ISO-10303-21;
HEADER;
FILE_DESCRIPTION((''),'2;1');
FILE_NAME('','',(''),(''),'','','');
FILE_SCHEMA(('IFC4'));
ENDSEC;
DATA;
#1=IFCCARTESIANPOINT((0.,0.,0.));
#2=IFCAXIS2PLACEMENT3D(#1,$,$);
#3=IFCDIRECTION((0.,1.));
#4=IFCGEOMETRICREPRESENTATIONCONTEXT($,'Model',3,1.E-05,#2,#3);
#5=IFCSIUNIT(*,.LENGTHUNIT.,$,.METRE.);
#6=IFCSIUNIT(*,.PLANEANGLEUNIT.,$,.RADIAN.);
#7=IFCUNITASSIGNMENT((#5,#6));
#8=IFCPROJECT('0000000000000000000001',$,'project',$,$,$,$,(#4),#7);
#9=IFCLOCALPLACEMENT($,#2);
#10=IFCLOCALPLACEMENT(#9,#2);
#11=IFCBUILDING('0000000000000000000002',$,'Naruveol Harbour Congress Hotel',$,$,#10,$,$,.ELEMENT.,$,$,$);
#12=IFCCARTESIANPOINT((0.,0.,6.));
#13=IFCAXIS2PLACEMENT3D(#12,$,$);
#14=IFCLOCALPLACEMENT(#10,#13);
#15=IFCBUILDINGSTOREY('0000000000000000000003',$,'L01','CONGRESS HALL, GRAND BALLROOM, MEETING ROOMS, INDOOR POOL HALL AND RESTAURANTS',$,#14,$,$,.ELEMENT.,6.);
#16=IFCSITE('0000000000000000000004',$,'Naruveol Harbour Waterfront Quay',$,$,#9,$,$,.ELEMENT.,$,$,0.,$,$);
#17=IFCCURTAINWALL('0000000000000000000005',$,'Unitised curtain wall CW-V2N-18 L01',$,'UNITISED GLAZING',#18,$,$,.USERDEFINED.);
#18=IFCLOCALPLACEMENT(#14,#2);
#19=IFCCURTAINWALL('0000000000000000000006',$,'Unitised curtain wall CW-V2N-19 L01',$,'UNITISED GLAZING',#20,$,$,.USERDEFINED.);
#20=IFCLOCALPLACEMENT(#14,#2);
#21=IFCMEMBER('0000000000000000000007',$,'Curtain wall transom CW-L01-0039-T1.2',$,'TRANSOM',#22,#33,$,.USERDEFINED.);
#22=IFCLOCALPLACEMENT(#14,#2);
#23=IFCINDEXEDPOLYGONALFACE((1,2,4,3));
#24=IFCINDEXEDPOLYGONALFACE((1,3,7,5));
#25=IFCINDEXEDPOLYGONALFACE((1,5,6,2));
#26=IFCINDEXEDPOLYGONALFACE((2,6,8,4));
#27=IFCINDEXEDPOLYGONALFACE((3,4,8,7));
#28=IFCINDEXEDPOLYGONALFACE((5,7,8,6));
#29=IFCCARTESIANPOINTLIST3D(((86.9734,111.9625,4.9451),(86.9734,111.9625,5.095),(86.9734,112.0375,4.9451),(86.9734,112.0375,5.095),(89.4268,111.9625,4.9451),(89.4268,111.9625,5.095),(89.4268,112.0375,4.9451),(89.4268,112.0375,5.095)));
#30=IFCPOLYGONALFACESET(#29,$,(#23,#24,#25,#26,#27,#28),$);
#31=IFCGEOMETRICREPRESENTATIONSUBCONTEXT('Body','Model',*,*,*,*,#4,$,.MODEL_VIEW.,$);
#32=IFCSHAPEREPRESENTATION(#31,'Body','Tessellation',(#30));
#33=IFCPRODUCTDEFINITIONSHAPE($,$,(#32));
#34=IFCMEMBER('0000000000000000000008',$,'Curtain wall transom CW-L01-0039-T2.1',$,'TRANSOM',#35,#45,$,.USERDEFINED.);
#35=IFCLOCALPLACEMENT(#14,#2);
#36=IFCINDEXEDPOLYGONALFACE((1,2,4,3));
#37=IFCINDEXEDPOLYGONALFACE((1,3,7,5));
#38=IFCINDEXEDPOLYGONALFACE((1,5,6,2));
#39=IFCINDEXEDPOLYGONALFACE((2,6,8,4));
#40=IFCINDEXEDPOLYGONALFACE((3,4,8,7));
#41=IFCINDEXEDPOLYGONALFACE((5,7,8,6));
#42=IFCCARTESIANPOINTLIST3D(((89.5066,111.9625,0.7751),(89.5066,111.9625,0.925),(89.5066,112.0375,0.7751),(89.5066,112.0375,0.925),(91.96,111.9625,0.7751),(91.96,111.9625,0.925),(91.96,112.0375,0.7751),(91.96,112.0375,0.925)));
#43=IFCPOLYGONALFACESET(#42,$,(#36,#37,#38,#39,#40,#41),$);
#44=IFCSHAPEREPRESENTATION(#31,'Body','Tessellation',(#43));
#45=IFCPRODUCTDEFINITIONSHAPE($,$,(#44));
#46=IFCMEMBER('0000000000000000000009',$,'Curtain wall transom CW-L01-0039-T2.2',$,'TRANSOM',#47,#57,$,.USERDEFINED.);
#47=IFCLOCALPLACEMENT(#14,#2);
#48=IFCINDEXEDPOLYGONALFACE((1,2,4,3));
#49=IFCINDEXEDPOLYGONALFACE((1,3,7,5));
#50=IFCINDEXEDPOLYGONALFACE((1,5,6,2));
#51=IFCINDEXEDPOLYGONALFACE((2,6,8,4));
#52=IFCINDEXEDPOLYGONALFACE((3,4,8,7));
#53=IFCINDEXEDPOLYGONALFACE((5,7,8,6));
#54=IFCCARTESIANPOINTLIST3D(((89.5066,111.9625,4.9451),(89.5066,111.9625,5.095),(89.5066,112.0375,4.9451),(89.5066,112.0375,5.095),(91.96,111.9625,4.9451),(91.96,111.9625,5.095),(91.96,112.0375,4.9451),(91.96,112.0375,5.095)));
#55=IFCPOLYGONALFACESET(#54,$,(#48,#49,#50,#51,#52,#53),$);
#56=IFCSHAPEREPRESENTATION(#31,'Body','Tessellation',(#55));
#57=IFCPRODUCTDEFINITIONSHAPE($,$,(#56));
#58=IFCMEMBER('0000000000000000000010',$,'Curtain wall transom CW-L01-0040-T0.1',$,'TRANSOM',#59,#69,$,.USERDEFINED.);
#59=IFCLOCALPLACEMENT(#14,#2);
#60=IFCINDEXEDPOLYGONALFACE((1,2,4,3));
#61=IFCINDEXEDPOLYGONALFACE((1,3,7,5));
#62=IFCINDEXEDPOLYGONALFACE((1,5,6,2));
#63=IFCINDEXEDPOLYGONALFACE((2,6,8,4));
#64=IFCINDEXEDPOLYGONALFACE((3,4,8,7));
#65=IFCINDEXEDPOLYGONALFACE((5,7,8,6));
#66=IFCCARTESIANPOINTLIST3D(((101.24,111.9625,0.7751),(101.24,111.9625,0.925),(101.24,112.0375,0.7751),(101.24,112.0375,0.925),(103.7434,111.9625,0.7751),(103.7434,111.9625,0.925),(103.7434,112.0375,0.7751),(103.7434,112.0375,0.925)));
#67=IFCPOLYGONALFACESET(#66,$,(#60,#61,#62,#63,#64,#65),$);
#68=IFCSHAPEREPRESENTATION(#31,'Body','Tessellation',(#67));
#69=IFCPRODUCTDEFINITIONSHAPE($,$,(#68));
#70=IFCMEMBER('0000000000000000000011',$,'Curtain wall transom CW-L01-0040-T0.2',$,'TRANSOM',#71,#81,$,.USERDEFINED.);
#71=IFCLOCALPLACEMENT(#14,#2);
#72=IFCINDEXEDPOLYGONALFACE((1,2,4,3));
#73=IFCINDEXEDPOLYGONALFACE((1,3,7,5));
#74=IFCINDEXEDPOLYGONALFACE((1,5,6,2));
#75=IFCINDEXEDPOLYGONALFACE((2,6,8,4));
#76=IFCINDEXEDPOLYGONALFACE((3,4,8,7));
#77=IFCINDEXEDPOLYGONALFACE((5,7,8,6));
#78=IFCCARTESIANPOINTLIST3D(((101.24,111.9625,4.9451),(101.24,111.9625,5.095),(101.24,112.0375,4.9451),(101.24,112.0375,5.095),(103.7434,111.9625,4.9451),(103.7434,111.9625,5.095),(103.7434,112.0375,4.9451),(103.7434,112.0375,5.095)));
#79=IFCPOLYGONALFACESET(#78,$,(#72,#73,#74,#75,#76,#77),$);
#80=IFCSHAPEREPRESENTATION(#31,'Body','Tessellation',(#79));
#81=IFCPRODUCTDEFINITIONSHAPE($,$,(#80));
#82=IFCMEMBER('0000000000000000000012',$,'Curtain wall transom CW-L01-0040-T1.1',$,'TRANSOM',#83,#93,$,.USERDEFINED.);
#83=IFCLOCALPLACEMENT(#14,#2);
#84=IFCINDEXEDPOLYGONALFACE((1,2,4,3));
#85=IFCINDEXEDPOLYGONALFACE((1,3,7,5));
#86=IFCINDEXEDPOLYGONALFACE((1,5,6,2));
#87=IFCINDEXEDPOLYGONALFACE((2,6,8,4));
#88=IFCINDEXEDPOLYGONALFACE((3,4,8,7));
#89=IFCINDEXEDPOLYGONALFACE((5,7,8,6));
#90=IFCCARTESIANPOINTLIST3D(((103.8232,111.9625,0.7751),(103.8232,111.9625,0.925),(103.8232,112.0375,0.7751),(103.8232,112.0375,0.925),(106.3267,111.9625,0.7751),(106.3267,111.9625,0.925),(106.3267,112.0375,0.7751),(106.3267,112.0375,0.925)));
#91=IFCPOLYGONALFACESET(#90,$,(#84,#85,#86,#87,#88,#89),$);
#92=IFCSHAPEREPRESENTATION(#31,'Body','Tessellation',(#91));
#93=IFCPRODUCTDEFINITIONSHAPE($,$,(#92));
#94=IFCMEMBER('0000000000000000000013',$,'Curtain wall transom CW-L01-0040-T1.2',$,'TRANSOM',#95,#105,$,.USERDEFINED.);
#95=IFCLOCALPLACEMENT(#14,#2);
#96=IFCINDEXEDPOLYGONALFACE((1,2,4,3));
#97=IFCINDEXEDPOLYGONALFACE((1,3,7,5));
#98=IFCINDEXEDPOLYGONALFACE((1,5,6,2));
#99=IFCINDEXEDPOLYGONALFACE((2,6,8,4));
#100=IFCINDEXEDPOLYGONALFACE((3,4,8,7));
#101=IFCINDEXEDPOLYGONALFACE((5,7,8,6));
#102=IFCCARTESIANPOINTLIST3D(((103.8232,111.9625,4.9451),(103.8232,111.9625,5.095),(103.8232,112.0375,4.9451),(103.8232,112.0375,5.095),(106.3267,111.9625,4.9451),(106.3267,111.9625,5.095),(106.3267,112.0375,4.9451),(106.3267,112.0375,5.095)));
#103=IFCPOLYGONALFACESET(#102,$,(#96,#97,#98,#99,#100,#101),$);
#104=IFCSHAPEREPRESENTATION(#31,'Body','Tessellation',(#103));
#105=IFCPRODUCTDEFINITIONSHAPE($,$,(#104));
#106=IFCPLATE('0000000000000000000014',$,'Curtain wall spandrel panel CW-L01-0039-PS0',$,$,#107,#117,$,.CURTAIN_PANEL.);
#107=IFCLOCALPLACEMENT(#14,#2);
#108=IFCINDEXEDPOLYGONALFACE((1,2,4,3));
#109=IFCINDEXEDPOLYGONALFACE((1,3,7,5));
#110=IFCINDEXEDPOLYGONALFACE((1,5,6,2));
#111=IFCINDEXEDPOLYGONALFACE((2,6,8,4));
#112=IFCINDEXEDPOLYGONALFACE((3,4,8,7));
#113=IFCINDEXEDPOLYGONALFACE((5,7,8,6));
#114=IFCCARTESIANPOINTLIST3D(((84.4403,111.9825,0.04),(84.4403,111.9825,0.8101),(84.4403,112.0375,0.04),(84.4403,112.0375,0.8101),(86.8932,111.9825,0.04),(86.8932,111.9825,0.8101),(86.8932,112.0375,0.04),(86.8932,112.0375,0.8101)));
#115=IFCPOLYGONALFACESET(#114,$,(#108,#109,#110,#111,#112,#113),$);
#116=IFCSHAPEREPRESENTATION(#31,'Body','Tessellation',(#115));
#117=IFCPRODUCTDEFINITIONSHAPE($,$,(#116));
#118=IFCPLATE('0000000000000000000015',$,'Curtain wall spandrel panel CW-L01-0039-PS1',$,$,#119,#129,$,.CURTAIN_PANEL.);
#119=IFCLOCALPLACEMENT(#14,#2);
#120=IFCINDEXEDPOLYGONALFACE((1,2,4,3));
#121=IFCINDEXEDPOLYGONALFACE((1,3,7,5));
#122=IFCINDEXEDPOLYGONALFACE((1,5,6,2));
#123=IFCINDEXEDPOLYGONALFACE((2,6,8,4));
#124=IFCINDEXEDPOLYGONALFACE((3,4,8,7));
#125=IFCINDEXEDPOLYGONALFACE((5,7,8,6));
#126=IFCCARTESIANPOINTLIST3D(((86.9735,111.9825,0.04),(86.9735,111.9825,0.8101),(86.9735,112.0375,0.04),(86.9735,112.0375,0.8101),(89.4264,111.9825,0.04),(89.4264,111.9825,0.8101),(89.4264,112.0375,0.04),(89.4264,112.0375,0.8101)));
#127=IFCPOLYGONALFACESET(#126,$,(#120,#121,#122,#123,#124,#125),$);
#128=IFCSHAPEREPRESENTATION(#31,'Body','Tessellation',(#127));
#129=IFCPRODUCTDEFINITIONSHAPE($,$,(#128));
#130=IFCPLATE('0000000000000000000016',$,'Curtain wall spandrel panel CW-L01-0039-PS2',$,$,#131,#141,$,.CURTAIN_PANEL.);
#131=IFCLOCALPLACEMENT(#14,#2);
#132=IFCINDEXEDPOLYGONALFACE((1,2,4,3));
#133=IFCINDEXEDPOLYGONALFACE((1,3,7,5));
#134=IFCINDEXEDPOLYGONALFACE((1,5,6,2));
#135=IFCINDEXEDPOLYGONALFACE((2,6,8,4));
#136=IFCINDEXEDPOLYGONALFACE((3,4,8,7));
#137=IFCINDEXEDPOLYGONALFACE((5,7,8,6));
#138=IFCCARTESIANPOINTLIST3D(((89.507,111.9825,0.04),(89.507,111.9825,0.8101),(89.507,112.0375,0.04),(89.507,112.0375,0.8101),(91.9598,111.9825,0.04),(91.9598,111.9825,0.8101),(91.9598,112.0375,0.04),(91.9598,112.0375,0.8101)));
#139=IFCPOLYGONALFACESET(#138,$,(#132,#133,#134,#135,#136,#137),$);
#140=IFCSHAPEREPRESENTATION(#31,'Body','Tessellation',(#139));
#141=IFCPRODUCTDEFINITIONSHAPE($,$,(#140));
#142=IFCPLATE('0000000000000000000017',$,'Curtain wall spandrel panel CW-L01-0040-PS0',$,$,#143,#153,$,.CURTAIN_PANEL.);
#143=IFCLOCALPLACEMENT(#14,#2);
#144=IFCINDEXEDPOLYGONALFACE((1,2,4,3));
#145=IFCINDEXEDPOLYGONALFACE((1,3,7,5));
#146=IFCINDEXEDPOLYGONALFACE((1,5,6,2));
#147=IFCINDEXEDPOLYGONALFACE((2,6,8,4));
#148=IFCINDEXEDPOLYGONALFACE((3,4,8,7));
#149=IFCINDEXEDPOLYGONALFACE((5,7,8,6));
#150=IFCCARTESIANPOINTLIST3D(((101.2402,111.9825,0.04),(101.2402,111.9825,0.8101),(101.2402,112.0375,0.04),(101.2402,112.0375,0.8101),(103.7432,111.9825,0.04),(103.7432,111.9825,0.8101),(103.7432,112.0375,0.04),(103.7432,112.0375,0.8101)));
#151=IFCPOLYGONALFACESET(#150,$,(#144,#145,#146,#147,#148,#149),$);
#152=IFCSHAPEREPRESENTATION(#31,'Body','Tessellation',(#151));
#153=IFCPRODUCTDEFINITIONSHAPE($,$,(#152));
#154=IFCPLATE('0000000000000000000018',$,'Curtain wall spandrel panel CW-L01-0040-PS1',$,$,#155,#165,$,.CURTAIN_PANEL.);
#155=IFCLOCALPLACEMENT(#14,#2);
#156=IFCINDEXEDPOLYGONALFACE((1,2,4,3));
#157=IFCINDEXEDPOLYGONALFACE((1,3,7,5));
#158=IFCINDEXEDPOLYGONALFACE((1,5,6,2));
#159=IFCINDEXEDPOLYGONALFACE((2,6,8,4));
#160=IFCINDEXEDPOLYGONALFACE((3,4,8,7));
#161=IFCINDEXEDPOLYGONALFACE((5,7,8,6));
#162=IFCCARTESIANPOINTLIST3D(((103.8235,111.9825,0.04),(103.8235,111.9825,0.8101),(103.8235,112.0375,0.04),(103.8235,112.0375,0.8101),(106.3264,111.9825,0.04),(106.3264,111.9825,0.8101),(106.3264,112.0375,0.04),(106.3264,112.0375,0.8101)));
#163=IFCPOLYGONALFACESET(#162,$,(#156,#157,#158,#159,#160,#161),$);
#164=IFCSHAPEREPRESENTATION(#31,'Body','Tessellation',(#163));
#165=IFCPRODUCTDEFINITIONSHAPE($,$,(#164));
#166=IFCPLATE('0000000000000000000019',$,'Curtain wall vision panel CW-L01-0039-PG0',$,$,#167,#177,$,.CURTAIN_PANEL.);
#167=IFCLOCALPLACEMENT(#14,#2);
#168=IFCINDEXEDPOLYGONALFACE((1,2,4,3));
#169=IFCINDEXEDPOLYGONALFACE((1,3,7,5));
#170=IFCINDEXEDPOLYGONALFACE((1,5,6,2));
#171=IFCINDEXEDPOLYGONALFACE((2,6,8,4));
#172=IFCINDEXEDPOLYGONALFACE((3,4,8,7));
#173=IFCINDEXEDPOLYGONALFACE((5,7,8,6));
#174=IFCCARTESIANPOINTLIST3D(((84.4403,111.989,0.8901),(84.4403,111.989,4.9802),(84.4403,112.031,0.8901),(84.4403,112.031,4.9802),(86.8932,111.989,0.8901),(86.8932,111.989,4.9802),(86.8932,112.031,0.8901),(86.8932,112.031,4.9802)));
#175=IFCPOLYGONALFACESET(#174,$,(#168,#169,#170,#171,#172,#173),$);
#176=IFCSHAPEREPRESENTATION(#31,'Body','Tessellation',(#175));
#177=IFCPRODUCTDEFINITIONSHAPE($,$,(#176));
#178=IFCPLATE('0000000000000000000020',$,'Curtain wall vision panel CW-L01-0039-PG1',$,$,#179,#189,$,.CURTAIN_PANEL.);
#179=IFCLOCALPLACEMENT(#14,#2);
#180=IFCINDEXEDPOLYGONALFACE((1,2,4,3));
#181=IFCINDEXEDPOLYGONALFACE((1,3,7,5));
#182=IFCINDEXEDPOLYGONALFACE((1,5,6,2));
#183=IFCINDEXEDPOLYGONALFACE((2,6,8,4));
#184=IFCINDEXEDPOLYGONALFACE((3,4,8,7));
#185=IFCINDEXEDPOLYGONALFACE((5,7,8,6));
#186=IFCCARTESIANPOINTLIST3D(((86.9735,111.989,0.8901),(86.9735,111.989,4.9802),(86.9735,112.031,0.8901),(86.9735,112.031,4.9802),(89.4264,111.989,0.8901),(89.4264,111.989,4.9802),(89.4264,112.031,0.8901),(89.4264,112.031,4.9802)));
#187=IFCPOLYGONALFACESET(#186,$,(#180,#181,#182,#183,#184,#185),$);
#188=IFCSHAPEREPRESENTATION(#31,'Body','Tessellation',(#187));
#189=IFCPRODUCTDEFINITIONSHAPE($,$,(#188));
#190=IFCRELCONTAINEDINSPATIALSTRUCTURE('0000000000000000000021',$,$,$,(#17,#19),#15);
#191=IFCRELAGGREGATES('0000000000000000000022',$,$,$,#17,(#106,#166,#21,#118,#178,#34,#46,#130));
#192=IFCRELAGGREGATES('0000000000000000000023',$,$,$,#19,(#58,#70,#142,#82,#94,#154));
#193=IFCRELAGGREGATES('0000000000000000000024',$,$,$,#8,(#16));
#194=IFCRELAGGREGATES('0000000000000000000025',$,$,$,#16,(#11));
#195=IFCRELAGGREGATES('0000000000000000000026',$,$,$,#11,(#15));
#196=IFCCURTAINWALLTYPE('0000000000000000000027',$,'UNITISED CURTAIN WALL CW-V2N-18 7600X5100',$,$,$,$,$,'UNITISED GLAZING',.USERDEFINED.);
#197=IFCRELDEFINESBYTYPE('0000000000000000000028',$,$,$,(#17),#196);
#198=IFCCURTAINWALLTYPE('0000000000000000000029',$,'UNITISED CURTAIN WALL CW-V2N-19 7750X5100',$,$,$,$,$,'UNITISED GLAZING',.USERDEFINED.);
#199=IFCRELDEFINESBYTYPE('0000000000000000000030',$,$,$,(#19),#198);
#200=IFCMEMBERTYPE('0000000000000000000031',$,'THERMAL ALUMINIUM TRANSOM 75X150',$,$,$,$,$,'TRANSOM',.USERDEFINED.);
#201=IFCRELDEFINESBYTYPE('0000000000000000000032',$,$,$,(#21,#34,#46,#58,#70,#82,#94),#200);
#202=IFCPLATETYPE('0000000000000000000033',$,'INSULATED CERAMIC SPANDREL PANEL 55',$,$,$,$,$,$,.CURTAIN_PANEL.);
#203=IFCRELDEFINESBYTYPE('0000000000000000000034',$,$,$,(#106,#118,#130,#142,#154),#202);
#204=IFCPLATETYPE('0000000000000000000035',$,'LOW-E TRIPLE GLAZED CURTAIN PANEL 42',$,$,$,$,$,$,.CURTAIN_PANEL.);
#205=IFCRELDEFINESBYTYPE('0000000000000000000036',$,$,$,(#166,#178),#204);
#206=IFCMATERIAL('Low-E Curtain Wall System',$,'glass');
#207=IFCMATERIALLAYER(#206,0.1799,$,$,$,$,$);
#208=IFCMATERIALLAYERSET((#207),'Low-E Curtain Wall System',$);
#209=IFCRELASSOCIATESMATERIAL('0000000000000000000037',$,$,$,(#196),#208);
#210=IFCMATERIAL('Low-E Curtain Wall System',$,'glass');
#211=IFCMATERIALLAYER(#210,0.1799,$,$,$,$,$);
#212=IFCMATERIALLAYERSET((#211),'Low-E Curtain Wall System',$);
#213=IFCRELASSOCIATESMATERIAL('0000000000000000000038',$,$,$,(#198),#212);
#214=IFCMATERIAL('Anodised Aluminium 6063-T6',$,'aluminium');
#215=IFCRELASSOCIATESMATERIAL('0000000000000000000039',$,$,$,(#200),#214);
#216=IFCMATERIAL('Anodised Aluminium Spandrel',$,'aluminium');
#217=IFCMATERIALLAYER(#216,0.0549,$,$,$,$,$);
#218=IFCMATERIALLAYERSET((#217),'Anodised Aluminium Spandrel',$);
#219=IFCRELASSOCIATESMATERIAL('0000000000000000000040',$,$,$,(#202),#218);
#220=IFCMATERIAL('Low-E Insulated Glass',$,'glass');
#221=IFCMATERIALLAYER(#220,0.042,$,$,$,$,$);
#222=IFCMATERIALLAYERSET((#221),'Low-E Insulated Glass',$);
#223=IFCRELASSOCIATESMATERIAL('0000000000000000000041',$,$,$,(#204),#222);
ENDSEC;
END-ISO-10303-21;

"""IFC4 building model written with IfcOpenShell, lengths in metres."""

from ifc_helpers import new_model, si_unit, direction, frame, origin, origin_2d, place, context, subcontext, project, spatial, rectangle, extrude, material, layer, layer_set, material_profile, profile_set, type_object, element, aggregate, save


model = new_model("IFC4")

# Units and contexts
model_context = context("Model", 3, precision=1e-05, world=origin(), true_north=direction((0.0, 1.0)))
body_context = subcontext(model_context, "Body", "Model", "MODEL_VIEW")
ifc_project = project(units=[si_unit("LENGTHUNIT", "METRE"), si_unit("PLANEANGLEUNIT", "RADIAN")], contexts=[model_context])

# Site, building, storey
site_placement = place(None, origin())
site = spatial("IfcSite", under=ifc_project, at=site_placement, Name="Naruveol Harbour Waterfront Quay", CompositionType="ELEMENT", RefElevation=0.0)
building_placement = place(site_placement, origin())
building = spatial("IfcBuilding", under=site, at=building_placement, Name="Naruveol Harbour Congress Hotel", CompositionType="ELEMENT")
storey_placement = place(building_placement, frame((0.0, 0.0, 6.0)))
storey = spatial("IfcBuildingStorey", under=building, at=storey_placement, Name="L01", Description="CONGRESS HALL, GRAND BALLROOM, MEETING ROOMS, INDOOR POOL HALL AND RESTAURANTS", CompositionType="ELEMENT", Elevation=6.0)

# Curtain walls
ifc_material_1 = material(Name="Low-E Curtain Wall System", Category="glass")
ifc_layer_1 = layer(ifc_material_1, 0.1799)
ifc_layer_set_1 = layer_set([ifc_layer_1], Name="Low-E Curtain Wall System")
curtain_wall_type_1 = type_object("IfcCurtainWallType", Name="UNITISED CURTAIN WALL CW-V2N-18 7600X5100", ElementType="UNITISED GLAZING", PredefinedType="USERDEFINED", material=ifc_layer_set_1)
curtain_wall_1_placement = place(storey_placement, origin())
curtain_wall_1 = element("IfcCurtainWall", 1, at=curtain_wall_1_placement, inside=storey, type_object=curtain_wall_type_1, Name="Unitised curtain wall CW-V2N-18 L01", ObjectType="UNITISED GLAZING", PredefinedType="USERDEFINED")
ifc_material_2 = material(Name="Low-E Curtain Wall System", Category="glass")
ifc_layer_2 = layer(ifc_material_2, 0.1799)
ifc_layer_set_2 = layer_set([ifc_layer_2], Name="Low-E Curtain Wall System")
curtain_wall_type_2 = type_object("IfcCurtainWallType", Name="UNITISED CURTAIN WALL CW-V2N-19 7750X5100", ElementType="UNITISED GLAZING", PredefinedType="USERDEFINED", material=ifc_layer_set_2)
curtain_wall_2_placement = place(storey_placement, origin())
curtain_wall_2 = element("IfcCurtainWall", 2, at=curtain_wall_2_placement, inside=storey, type_object=curtain_wall_type_2, Name="Unitised curtain wall CW-V2N-19 L01", ObjectType="UNITISED GLAZING", PredefinedType="USERDEFINED")

# Members
ifc_material_3 = material(Name="Anodised Aluminium 6063-T6", Category="aluminium")
ifc_material_profile_1 = material_profile(ifc_material_3, rectangle(XDim=0.075, YDim=0.1499, at=origin_2d()), Name="ALU-75x150")
ifc_profile_set_1 = profile_set([ifc_material_profile_1], Name="Anodised Aluminium 6063-T6")
member_type_1 = type_object("IfcMemberType", Name="THERMAL ALUMINIUM TRANSOM 75X150", ElementType="TRANSOM", PredefinedType="USERDEFINED", material=ifc_profile_set_1)
member_1_placement = place(storey_placement, frame((86.9734, 112.0, 5.02), z_axis=(1.0, 0.0, 0.0), x_axis=(0.0, 1.0, 0.0)))
member_1 = element("IfcMember", 3, at=member_1_placement, type_object=member_type_1, Name="Curtain wall transom CW-L01-0039-T1.2", ObjectType="TRANSOM", PredefinedType="USERDEFINED", context=body_context, shape_type="SweptSolid", body=[
    extrude(rectangle(XDim=0.075, YDim=0.1499, at=origin_2d()), origin(), (0.0, 0.0, 1.0), 2.4534),
])
member_2_placement = place(storey_placement, frame((89.5066, 112.0, 0.8501), z_axis=(1.0, 0.0, 0.0), x_axis=(0.0, 1.0, 0.0)))
member_2 = element("IfcMember", 4, at=member_2_placement, type_object=member_type_1, Name="Curtain wall transom CW-L01-0039-T2.1", ObjectType="TRANSOM", PredefinedType="USERDEFINED", context=body_context, shape_type="SweptSolid", body=[
    extrude(rectangle(XDim=0.075, YDim=0.1499, at=origin_2d()), origin(), (0.0, 0.0, 1.0), 2.4534),
])
member_3_placement = place(storey_placement, frame((89.5066, 112.0, 5.02), z_axis=(1.0, 0.0, 0.0), x_axis=(0.0, 1.0, 0.0)))
member_3 = element("IfcMember", 5, at=member_3_placement, type_object=member_type_1, Name="Curtain wall transom CW-L01-0039-T2.2", ObjectType="TRANSOM", PredefinedType="USERDEFINED", context=body_context, shape_type="SweptSolid", body=[
    extrude(rectangle(XDim=0.075, YDim=0.1499, at=origin_2d()), origin(), (0.0, 0.0, 1.0), 2.4534),
])
member_4_placement = place(storey_placement, frame((101.24, 112.0, 0.8501), z_axis=(1.0, 0.0, 0.0), x_axis=(0.0, 1.0, 0.0)))
member_4 = element("IfcMember", 6, at=member_4_placement, type_object=member_type_1, Name="Curtain wall transom CW-L01-0040-T0.1", ObjectType="TRANSOM", PredefinedType="USERDEFINED", context=body_context, shape_type="SweptSolid", body=[
    extrude(rectangle(XDim=0.075, YDim=0.1499, at=origin_2d()), origin(), (0.0, 0.0, 1.0), 2.5034),
])
member_5_placement = place(storey_placement, frame((101.24, 112.0, 5.02), z_axis=(1.0, 0.0, 0.0), x_axis=(0.0, 1.0, 0.0)))
member_5 = element("IfcMember", 7, at=member_5_placement, type_object=member_type_1, Name="Curtain wall transom CW-L01-0040-T0.2", ObjectType="TRANSOM", PredefinedType="USERDEFINED", context=body_context, shape_type="SweptSolid", body=[
    extrude(rectangle(XDim=0.075, YDim=0.1499, at=origin_2d()), origin(), (0.0, 0.0, 1.0), 2.5034),
])
member_6_placement = place(storey_placement, frame((103.8232, 112.0, 0.8501), z_axis=(1.0, 0.0, 0.0), x_axis=(0.0, 1.0, 0.0)))
member_6 = element("IfcMember", 8, at=member_6_placement, type_object=member_type_1, Name="Curtain wall transom CW-L01-0040-T1.1", ObjectType="TRANSOM", PredefinedType="USERDEFINED", context=body_context, shape_type="SweptSolid", body=[
    extrude(rectangle(XDim=0.075, YDim=0.1499, at=origin_2d()), origin(), (0.0, 0.0, 1.0), 2.5034),
])
member_7_placement = place(storey_placement, frame((103.8232, 112.0, 5.02), z_axis=(1.0, 0.0, 0.0), x_axis=(0.0, 1.0, 0.0)))
member_7 = element("IfcMember", 9, at=member_7_placement, type_object=member_type_1, Name="Curtain wall transom CW-L01-0040-T1.2", ObjectType="TRANSOM", PredefinedType="USERDEFINED", context=body_context, shape_type="SweptSolid", body=[
    extrude(rectangle(XDim=0.075, YDim=0.1499, at=origin_2d()), origin(), (0.0, 0.0, 1.0), 2.5034),
])

# Plates
ifc_material_4 = material(Name="Anodised Aluminium Spandrel", Category="aluminium")
ifc_layer_3 = layer(ifc_material_4, 0.0549)
ifc_layer_set_3 = layer_set([ifc_layer_3], Name="Anodised Aluminium Spandrel")
plate_type_1 = type_object("IfcPlateType", Name="INSULATED CERAMIC SPANDREL PANEL 55", PredefinedType="CURTAIN_PANEL", material=ifc_layer_set_3)
plate_1_placement = place(storey_placement, frame((85.6667, 112.01, 0.04), z_axis=(0.0, 0.0, 1.0), x_axis=(1.0, 0.0, 0.0)))
plate_1 = element("IfcPlate", 10, at=plate_1_placement, type_object=plate_type_1, Name="Curtain wall spandrel panel CW-L01-0039-PS0", PredefinedType="CURTAIN_PANEL", context=body_context, shape_type="SweptSolid", body=[
    extrude(rectangle(XDim=2.4529, YDim=0.0549, at=origin_2d()), origin(), (0.0, 0.0, 1.0), 0.77),
])
plate_2_placement = place(storey_placement, frame((88.2, 112.01, 0.04), z_axis=(0.0, 0.0, 1.0), x_axis=(1.0, 0.0, 0.0)))
plate_2 = element("IfcPlate", 11, at=plate_2_placement, type_object=plate_type_1, Name="Curtain wall spandrel panel CW-L01-0039-PS1", PredefinedType="CURTAIN_PANEL", context=body_context, shape_type="SweptSolid", body=[
    extrude(rectangle(XDim=2.4529, YDim=0.0549, at=origin_2d()), origin(), (0.0, 0.0, 1.0), 0.77),
])
plate_3_placement = place(storey_placement, frame((90.7334, 112.01, 0.04), z_axis=(0.0, 0.0, 1.0), x_axis=(1.0, 0.0, 0.0)))
plate_3 = element("IfcPlate", 12, at=plate_3_placement, type_object=plate_type_1, Name="Curtain wall spandrel panel CW-L01-0039-PS2", PredefinedType="CURTAIN_PANEL", context=body_context, shape_type="SweptSolid", body=[
    extrude(rectangle(XDim=2.4529, YDim=0.0549, at=origin_2d()), origin(), (0.0, 0.0, 1.0), 0.77),
])
plate_4_placement = place(storey_placement, frame((102.4917, 112.01, 0.04), z_axis=(0.0, 0.0, 1.0), x_axis=(1.0, 0.0, 0.0)))
plate_4 = element("IfcPlate", 13, at=plate_4_placement, type_object=plate_type_1, Name="Curtain wall spandrel panel CW-L01-0040-PS0", PredefinedType="CURTAIN_PANEL", context=body_context, shape_type="SweptSolid", body=[
    extrude(rectangle(XDim=2.5029, YDim=0.0549, at=origin_2d()), origin(), (0.0, 0.0, 1.0), 0.77),
])
plate_5_placement = place(storey_placement, frame((105.075, 112.01, 0.04), z_axis=(0.0, 0.0, 1.0), x_axis=(1.0, 0.0, 0.0)))
plate_5 = element("IfcPlate", 14, at=plate_5_placement, type_object=plate_type_1, Name="Curtain wall spandrel panel CW-L01-0040-PS1", PredefinedType="CURTAIN_PANEL", context=body_context, shape_type="SweptSolid", body=[
    extrude(rectangle(XDim=2.5029, YDim=0.0549, at=origin_2d()), origin(), (0.0, 0.0, 1.0), 0.77),
])
ifc_material_5 = material(Name="Low-E Insulated Glass", Category="glass")
ifc_layer_4 = layer(ifc_material_5, 0.042)
ifc_layer_set_4 = layer_set([ifc_layer_4], Name="Low-E Insulated Glass")
plate_type_2 = type_object("IfcPlateType", Name="LOW-E TRIPLE GLAZED CURTAIN PANEL 42", PredefinedType="CURTAIN_PANEL", material=ifc_layer_set_4)
plate_6_placement = place(storey_placement, frame((85.6667, 112.01, 0.8901), z_axis=(0.0, 0.0, 1.0), x_axis=(1.0, 0.0, 0.0)))
plate_6 = element("IfcPlate", 15, at=plate_6_placement, type_object=plate_type_2, Name="Curtain wall vision panel CW-L01-0039-PG0", PredefinedType="CURTAIN_PANEL", context=body_context, shape_type="SweptSolid", body=[
    extrude(rectangle(XDim=2.4529, YDim=0.042, at=origin_2d()), origin(), (0.0, 0.0, 1.0), 4.0901),
])
plate_7_placement = place(storey_placement, frame((88.2, 112.01, 0.8901), z_axis=(0.0, 0.0, 1.0), x_axis=(1.0, 0.0, 0.0)))
plate_7 = element("IfcPlate", 16, at=plate_7_placement, type_object=plate_type_2, Name="Curtain wall vision panel CW-L01-0039-PG1", PredefinedType="CURTAIN_PANEL", context=body_context, shape_type="SweptSolid", body=[
    extrude(rectangle(XDim=2.4529, YDim=0.042, at=origin_2d()), origin(), (0.0, 0.0, 1.0), 4.0901),
])
aggregate(curtain_wall_1, [plate_1, plate_6, member_1, plate_2, plate_7, member_2, member_3, plate_3])
aggregate(curtain_wall_2, [member_4, member_5, plate_4, member_6, member_7, plate_5])

save(model, "model.ifc")
